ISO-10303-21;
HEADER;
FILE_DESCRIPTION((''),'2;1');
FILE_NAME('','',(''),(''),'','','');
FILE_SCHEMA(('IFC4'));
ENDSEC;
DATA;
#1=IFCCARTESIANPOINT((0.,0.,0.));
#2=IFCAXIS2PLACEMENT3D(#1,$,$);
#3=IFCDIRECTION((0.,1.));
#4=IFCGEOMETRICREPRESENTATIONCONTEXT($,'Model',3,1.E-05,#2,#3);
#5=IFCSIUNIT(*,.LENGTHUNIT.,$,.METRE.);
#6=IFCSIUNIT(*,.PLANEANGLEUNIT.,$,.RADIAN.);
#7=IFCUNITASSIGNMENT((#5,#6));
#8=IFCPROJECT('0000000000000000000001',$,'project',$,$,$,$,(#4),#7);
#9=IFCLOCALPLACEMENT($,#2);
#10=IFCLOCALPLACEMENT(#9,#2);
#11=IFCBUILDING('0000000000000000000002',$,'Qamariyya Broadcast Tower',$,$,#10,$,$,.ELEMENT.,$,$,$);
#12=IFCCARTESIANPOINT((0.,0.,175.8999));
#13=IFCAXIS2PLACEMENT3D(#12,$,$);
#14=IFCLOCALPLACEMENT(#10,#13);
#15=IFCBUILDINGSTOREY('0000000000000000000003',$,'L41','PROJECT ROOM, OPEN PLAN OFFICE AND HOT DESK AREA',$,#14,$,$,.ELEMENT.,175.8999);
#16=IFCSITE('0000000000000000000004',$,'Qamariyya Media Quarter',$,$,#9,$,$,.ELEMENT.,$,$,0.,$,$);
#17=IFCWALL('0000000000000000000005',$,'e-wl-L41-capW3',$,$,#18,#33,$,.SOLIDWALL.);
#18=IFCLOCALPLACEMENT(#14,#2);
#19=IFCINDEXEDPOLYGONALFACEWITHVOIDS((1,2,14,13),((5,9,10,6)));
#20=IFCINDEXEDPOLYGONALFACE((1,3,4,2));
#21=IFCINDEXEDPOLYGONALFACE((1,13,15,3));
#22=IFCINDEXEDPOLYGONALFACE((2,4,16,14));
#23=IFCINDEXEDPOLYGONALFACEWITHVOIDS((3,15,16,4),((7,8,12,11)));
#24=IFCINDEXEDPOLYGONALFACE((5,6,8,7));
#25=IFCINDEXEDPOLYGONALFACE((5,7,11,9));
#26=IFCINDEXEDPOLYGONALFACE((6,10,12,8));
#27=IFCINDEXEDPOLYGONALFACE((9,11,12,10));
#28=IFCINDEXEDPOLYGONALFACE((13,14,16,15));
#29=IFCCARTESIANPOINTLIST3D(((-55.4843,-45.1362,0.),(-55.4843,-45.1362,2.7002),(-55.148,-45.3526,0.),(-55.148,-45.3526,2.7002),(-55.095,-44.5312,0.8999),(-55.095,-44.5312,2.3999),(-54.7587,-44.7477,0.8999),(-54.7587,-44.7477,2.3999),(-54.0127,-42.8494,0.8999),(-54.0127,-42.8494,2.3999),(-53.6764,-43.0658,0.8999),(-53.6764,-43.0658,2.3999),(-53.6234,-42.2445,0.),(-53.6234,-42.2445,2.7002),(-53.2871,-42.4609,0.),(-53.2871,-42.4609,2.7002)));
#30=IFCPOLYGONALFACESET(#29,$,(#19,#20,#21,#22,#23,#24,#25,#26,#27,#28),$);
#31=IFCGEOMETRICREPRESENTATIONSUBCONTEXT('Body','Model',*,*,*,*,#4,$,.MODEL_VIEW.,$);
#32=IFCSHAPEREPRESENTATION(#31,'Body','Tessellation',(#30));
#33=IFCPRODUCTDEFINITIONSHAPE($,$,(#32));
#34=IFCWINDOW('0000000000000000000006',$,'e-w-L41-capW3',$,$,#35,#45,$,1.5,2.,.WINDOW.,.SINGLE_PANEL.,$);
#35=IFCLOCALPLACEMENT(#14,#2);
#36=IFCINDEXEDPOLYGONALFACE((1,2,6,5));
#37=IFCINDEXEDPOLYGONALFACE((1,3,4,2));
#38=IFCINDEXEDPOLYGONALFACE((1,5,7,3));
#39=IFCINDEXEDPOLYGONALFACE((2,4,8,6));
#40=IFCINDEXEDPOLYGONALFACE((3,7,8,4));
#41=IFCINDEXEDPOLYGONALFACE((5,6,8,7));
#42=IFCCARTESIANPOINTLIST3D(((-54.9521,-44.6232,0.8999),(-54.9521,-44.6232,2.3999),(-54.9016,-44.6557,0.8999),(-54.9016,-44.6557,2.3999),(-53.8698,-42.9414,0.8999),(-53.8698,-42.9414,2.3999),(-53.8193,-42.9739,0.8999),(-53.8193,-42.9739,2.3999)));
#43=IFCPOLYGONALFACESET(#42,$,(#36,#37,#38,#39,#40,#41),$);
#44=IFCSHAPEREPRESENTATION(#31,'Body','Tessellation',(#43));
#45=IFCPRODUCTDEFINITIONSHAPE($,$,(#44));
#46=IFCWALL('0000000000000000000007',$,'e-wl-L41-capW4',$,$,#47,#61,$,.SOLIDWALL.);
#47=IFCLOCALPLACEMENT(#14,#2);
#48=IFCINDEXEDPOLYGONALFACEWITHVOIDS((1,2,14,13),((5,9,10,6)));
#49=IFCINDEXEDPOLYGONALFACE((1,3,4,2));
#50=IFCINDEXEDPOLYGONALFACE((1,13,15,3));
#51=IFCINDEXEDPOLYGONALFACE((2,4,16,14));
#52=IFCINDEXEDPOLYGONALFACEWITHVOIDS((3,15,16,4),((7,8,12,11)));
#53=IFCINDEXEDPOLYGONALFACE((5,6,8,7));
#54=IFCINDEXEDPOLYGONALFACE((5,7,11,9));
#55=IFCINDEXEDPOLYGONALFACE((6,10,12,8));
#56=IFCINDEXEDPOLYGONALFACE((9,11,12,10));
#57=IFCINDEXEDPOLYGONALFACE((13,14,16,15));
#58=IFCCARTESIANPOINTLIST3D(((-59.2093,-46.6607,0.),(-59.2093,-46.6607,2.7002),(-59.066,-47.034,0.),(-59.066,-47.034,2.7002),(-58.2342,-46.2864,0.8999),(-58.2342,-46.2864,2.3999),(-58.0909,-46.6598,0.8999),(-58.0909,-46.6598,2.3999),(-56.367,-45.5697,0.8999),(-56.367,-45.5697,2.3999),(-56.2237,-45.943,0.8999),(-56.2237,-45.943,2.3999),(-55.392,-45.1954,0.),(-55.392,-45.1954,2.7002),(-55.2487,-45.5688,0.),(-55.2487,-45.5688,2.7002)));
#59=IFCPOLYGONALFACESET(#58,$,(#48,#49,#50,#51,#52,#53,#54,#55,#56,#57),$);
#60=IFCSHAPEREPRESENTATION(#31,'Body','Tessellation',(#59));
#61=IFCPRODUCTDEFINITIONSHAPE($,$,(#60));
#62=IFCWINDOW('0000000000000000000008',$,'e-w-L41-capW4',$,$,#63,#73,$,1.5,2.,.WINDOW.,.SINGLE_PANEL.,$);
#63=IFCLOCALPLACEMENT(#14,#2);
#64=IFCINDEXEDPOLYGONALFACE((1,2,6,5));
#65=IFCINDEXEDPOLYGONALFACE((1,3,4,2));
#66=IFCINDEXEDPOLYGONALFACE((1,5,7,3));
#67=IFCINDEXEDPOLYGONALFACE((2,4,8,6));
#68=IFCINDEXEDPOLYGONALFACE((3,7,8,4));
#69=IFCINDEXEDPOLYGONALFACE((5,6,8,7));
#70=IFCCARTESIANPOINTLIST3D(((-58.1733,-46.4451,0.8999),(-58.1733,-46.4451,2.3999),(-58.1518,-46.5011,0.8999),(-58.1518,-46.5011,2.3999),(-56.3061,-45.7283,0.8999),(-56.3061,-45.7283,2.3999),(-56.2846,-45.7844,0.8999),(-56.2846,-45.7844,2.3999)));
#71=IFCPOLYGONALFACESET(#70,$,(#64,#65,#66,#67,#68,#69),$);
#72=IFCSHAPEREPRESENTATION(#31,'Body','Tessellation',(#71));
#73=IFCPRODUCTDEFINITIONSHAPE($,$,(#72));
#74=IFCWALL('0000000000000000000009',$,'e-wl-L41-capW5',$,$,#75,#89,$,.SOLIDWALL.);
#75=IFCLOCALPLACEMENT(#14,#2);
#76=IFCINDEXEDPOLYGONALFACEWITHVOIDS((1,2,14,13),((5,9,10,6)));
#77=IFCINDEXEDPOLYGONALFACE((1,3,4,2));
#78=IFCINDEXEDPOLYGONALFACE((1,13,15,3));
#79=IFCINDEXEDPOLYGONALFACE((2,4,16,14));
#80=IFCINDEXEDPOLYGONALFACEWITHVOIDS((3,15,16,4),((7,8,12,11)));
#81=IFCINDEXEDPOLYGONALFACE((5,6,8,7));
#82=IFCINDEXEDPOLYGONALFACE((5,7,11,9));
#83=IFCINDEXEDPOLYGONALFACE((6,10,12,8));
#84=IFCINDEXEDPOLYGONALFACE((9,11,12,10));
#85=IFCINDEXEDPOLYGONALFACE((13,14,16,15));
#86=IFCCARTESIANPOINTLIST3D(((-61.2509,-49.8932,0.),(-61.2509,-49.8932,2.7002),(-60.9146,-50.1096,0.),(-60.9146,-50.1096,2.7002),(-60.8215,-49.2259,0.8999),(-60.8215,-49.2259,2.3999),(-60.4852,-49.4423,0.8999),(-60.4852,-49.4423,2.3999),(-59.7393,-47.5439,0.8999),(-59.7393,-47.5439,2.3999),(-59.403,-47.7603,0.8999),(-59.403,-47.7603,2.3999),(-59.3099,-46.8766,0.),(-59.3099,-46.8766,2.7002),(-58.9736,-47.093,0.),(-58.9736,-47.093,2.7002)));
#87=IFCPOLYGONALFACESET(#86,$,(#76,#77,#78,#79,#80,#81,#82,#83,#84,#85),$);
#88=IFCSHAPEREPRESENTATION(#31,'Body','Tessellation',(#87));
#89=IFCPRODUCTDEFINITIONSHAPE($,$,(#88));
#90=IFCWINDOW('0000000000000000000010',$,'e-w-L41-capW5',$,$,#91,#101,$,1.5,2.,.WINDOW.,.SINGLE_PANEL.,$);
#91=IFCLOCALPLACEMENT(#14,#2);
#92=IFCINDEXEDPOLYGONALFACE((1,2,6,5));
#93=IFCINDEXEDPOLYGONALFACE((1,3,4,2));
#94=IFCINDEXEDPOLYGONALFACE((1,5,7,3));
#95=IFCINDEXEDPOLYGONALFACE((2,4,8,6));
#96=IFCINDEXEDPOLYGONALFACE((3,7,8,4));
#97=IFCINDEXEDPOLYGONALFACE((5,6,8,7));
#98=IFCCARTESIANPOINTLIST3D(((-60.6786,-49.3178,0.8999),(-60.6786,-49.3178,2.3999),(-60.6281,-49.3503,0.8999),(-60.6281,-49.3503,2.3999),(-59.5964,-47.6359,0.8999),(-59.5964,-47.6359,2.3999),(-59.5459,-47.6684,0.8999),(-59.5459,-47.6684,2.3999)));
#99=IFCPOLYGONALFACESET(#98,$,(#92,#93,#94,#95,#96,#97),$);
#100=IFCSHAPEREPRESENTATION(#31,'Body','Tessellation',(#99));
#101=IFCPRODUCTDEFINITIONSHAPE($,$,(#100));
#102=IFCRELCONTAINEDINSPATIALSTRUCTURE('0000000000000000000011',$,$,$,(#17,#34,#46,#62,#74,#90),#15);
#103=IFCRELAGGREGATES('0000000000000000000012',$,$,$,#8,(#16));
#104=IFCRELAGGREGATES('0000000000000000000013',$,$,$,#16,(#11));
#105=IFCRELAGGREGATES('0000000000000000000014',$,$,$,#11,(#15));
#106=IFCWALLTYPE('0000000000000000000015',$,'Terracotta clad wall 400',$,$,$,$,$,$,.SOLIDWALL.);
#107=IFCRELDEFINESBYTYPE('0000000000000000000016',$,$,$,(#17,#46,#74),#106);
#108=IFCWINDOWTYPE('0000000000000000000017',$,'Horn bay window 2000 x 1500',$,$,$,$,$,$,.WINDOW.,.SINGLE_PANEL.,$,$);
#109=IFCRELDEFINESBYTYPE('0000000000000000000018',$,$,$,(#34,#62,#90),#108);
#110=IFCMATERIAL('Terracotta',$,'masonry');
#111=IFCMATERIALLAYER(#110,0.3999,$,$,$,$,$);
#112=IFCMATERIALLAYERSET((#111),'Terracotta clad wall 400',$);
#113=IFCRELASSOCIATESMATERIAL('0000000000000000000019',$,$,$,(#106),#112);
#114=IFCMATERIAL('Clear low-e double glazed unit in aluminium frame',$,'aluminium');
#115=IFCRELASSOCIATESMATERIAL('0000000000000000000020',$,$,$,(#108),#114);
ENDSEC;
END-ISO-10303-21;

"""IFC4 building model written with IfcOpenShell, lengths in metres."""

from ifc_helpers import new_model, si_unit, direction, frame, frame_2d, origin, place, context, subcontext, project, spatial, rectangle, extrude, material, layer, layer_set, type_object, element, fill, save


model = new_model("IFC4")

# Units and contexts
model_context = context("Model", 3, precision=1e-05, world=origin(), true_north=direction((0.0, 1.0)))
body_context = subcontext(model_context, "Body", "Model", "MODEL_VIEW")
ifc_project = project(units=[si_unit("LENGTHUNIT", "METRE"), si_unit("PLANEANGLEUNIT", "RADIAN")], contexts=[model_context])

# Site, building, storey
site_placement = place(None, origin())
site = spatial("IfcSite", under=ifc_project, at=site_placement, Name="Qamariyya Media Quarter", CompositionType="ELEMENT", RefElevation=0.0)
building_placement = place(site_placement, origin())
building = spatial("IfcBuilding", under=site, at=building_placement, Name="Qamariyya Broadcast Tower", CompositionType="ELEMENT")
storey_placement = place(building_placement, frame((0.0, 0.0, 175.8999)))
storey = spatial("IfcBuildingStorey", under=building, at=storey_placement, Name="L41", Description="PROJECT ROOM, OPEN PLAN OFFICE AND HOT DESK AREA", CompositionType="ELEMENT", Elevation=175.8999)

# Walls, openings, windows
ifc_material_1 = material(Name="Terracotta", Category="masonry")
ifc_layer = layer(ifc_material_1, 0.3999)
ifc_layer_set = layer_set([ifc_layer], Name="Terracotta clad wall 400")
wall_type = type_object("IfcWallType", Name="Terracotta clad wall 400", PredefinedType="SOLIDWALL", material=ifc_layer_set)
ifc_material_2 = material(Name="Clear low-e double glazed unit in aluminium frame", Category="aluminium")
window_type = type_object("IfcWindowType", Name="Horn bay window 2000 x 1500", PartitioningType="SINGLE_PANEL", PredefinedType="WINDOW", material=ifc_material_2)
wall_1_placement = place(storey_placement, frame((-53.4553, -42.3528, 0.0), z_axis=(0.0, 0.0, 1.0), x_axis=(-0.541159, -0.84092, 0.0)))
wall_1 = element("IfcWall", 1, at=wall_1_placement, inside=storey, type_object=wall_type, Name="e-wl-L41-capW3", PredefinedType="SOLIDWALL", context=body_context, shape_type="SweptSolid", body=[
    extrude(rectangle(XDim=3.4387, YDim=0.3999, at=frame_2d((1.7192, 0.0))), origin(), (0.0, 0.0, 1.0), 2.7002),
])
opening_1_placement = place(wall_1_placement, frame((0.7192, 0.0, 0.8999)))
opening_1 = element("IfcOpeningElement", 2, at=opening_1_placement, cuts=wall_1, PredefinedType="OPENING", context=body_context, shape_type="SweptSolid", body=[
    extrude(rectangle(XDim=2.0, YDim=1.5, at=frame_2d((1.0, 0.75))), frame((0.0, 0.21, 0.0), z_axis=(0.0, -1.0, 0.0), x_axis=(1.0, 0.0, 0.0)), (0.0, 0.0, 1.0), 0.4199),
])
window_1_placement = place(opening_1_placement, origin())
window_1 = element("IfcWindow", 3, at=window_1_placement, inside=storey, type_object=window_type, Name="e-w-L41-capW3", OverallHeight=1.5, OverallWidth=2.0, PartitioningType="SINGLE_PANEL", PredefinedType="WINDOW", context=body_context, shape_type="SweptSolid", body=[
    extrude(rectangle(XDim=2.0, YDim=1.5, at=frame_2d((1.0, 0.75))), frame((0.0, 0.03, 0.0), z_axis=(0.0, -1.0, 0.0), x_axis=(1.0, 0.0, 0.0)), (0.0, 0.0, 1.0), 0.0601),
])
fill(opening_1, window_1)
wall_2_placement = place(storey_placement, frame((-55.3203, -45.3821, 0.0), z_axis=(0.0, 0.0, 1.0), x_axis=(-0.933582, -0.358363, 0.0)))
wall_2 = element("IfcWall", 4, at=wall_2_placement, inside=storey, type_object=wall_type, Name="e-wl-L41-capW4", PredefinedType="SOLIDWALL", context=body_context, shape_type="SweptSolid", body=[
    extrude(rectangle(XDim=4.0889, YDim=0.3999, at=frame_2d((2.0444, 0.0))), origin(), (0.0, 0.0, 1.0), 2.7002),
])
opening_2_placement = place(wall_2_placement, frame((1.0444, 0.0, 0.8999)))
opening_2 = element("IfcOpeningElement", 5, at=opening_2_placement, cuts=wall_2, PredefinedType="OPENING", context=body_context, shape_type="SweptSolid", body=[
    extrude(rectangle(XDim=2.0, YDim=1.5, at=frame_2d((1.0, 0.75))), frame((0.0, 0.21, 0.0), z_axis=(0.0, -1.0, 0.0), x_axis=(1.0, 0.0, 0.0)), (0.0, 0.0, 1.0), 0.4199),
])
window_2_placement = place(opening_2_placement, origin())
window_2 = element("IfcWindow", 6, at=window_2_placement, inside=storey, type_object=window_type, Name="e-w-L41-capW4", OverallHeight=1.5, OverallWidth=2.0, PartitioningType="SINGLE_PANEL", PredefinedType="WINDOW", context=body_context, shape_type="SweptSolid", body=[
    extrude(rectangle(XDim=2.0, YDim=1.5, at=frame_2d((1.0, 0.75))), frame((0.0, 0.03, 0.0), z_axis=(0.0, -1.0, 0.0), x_axis=(1.0, 0.0, 0.0)), (0.0, 0.0, 1.0), 0.0601),
])
fill(opening_2, window_2)
wall_3_placement = place(storey_placement, frame((-59.1418, -46.9849, 0.0), z_axis=(0.0, 0.0, 1.0), x_axis=(-0.541088, -0.840966, 0.0)))
wall_3 = element("IfcWall", 7, at=wall_3_placement, inside=storey, type_object=wall_type, Name="e-wl-L41-capW5", PredefinedType="SOLIDWALL", context=body_context, shape_type="SweptSolid", body=[
    extrude(rectangle(XDim=3.5872, YDim=0.3999, at=frame_2d((1.7935, 0.0))), origin(), (0.0, 0.0, 1.0), 2.7002),
])
opening_3_placement = place(wall_3_placement, frame((0.7935, 0.0, 0.8999)))
opening_3 = element("IfcOpeningElement", 8, at=opening_3_placement, cuts=wall_3, PredefinedType="OPENING", context=body_context, shape_type="SweptSolid", body=[
    extrude(rectangle(XDim=2.0, YDim=1.5, at=frame_2d((1.0, 0.75))), frame((0.0, 0.21, 0.0), z_axis=(0.0, -1.0, 0.0), x_axis=(1.0, 0.0, 0.0)), (0.0, 0.0, 1.0), 0.4199),
])
window_3_placement = place(opening_3_placement, origin())
window_3 = element("IfcWindow", 9, at=window_3_placement, inside=storey, type_object=window_type, Name="e-w-L41-capW5", OverallHeight=1.5, OverallWidth=2.0, PartitioningType="SINGLE_PANEL", PredefinedType="WINDOW", context=body_context, shape_type="SweptSolid", body=[
    extrude(rectangle(XDim=2.0, YDim=1.5, at=frame_2d((1.0, 0.75))), frame((0.0, 0.03, 0.0), z_axis=(0.0, -1.0, 0.0), x_axis=(1.0, 0.0, 0.0)), (0.0, 0.0, 1.0), 0.0601),
])
fill(opening_3, window_3)

save(model, "model.ifc")
